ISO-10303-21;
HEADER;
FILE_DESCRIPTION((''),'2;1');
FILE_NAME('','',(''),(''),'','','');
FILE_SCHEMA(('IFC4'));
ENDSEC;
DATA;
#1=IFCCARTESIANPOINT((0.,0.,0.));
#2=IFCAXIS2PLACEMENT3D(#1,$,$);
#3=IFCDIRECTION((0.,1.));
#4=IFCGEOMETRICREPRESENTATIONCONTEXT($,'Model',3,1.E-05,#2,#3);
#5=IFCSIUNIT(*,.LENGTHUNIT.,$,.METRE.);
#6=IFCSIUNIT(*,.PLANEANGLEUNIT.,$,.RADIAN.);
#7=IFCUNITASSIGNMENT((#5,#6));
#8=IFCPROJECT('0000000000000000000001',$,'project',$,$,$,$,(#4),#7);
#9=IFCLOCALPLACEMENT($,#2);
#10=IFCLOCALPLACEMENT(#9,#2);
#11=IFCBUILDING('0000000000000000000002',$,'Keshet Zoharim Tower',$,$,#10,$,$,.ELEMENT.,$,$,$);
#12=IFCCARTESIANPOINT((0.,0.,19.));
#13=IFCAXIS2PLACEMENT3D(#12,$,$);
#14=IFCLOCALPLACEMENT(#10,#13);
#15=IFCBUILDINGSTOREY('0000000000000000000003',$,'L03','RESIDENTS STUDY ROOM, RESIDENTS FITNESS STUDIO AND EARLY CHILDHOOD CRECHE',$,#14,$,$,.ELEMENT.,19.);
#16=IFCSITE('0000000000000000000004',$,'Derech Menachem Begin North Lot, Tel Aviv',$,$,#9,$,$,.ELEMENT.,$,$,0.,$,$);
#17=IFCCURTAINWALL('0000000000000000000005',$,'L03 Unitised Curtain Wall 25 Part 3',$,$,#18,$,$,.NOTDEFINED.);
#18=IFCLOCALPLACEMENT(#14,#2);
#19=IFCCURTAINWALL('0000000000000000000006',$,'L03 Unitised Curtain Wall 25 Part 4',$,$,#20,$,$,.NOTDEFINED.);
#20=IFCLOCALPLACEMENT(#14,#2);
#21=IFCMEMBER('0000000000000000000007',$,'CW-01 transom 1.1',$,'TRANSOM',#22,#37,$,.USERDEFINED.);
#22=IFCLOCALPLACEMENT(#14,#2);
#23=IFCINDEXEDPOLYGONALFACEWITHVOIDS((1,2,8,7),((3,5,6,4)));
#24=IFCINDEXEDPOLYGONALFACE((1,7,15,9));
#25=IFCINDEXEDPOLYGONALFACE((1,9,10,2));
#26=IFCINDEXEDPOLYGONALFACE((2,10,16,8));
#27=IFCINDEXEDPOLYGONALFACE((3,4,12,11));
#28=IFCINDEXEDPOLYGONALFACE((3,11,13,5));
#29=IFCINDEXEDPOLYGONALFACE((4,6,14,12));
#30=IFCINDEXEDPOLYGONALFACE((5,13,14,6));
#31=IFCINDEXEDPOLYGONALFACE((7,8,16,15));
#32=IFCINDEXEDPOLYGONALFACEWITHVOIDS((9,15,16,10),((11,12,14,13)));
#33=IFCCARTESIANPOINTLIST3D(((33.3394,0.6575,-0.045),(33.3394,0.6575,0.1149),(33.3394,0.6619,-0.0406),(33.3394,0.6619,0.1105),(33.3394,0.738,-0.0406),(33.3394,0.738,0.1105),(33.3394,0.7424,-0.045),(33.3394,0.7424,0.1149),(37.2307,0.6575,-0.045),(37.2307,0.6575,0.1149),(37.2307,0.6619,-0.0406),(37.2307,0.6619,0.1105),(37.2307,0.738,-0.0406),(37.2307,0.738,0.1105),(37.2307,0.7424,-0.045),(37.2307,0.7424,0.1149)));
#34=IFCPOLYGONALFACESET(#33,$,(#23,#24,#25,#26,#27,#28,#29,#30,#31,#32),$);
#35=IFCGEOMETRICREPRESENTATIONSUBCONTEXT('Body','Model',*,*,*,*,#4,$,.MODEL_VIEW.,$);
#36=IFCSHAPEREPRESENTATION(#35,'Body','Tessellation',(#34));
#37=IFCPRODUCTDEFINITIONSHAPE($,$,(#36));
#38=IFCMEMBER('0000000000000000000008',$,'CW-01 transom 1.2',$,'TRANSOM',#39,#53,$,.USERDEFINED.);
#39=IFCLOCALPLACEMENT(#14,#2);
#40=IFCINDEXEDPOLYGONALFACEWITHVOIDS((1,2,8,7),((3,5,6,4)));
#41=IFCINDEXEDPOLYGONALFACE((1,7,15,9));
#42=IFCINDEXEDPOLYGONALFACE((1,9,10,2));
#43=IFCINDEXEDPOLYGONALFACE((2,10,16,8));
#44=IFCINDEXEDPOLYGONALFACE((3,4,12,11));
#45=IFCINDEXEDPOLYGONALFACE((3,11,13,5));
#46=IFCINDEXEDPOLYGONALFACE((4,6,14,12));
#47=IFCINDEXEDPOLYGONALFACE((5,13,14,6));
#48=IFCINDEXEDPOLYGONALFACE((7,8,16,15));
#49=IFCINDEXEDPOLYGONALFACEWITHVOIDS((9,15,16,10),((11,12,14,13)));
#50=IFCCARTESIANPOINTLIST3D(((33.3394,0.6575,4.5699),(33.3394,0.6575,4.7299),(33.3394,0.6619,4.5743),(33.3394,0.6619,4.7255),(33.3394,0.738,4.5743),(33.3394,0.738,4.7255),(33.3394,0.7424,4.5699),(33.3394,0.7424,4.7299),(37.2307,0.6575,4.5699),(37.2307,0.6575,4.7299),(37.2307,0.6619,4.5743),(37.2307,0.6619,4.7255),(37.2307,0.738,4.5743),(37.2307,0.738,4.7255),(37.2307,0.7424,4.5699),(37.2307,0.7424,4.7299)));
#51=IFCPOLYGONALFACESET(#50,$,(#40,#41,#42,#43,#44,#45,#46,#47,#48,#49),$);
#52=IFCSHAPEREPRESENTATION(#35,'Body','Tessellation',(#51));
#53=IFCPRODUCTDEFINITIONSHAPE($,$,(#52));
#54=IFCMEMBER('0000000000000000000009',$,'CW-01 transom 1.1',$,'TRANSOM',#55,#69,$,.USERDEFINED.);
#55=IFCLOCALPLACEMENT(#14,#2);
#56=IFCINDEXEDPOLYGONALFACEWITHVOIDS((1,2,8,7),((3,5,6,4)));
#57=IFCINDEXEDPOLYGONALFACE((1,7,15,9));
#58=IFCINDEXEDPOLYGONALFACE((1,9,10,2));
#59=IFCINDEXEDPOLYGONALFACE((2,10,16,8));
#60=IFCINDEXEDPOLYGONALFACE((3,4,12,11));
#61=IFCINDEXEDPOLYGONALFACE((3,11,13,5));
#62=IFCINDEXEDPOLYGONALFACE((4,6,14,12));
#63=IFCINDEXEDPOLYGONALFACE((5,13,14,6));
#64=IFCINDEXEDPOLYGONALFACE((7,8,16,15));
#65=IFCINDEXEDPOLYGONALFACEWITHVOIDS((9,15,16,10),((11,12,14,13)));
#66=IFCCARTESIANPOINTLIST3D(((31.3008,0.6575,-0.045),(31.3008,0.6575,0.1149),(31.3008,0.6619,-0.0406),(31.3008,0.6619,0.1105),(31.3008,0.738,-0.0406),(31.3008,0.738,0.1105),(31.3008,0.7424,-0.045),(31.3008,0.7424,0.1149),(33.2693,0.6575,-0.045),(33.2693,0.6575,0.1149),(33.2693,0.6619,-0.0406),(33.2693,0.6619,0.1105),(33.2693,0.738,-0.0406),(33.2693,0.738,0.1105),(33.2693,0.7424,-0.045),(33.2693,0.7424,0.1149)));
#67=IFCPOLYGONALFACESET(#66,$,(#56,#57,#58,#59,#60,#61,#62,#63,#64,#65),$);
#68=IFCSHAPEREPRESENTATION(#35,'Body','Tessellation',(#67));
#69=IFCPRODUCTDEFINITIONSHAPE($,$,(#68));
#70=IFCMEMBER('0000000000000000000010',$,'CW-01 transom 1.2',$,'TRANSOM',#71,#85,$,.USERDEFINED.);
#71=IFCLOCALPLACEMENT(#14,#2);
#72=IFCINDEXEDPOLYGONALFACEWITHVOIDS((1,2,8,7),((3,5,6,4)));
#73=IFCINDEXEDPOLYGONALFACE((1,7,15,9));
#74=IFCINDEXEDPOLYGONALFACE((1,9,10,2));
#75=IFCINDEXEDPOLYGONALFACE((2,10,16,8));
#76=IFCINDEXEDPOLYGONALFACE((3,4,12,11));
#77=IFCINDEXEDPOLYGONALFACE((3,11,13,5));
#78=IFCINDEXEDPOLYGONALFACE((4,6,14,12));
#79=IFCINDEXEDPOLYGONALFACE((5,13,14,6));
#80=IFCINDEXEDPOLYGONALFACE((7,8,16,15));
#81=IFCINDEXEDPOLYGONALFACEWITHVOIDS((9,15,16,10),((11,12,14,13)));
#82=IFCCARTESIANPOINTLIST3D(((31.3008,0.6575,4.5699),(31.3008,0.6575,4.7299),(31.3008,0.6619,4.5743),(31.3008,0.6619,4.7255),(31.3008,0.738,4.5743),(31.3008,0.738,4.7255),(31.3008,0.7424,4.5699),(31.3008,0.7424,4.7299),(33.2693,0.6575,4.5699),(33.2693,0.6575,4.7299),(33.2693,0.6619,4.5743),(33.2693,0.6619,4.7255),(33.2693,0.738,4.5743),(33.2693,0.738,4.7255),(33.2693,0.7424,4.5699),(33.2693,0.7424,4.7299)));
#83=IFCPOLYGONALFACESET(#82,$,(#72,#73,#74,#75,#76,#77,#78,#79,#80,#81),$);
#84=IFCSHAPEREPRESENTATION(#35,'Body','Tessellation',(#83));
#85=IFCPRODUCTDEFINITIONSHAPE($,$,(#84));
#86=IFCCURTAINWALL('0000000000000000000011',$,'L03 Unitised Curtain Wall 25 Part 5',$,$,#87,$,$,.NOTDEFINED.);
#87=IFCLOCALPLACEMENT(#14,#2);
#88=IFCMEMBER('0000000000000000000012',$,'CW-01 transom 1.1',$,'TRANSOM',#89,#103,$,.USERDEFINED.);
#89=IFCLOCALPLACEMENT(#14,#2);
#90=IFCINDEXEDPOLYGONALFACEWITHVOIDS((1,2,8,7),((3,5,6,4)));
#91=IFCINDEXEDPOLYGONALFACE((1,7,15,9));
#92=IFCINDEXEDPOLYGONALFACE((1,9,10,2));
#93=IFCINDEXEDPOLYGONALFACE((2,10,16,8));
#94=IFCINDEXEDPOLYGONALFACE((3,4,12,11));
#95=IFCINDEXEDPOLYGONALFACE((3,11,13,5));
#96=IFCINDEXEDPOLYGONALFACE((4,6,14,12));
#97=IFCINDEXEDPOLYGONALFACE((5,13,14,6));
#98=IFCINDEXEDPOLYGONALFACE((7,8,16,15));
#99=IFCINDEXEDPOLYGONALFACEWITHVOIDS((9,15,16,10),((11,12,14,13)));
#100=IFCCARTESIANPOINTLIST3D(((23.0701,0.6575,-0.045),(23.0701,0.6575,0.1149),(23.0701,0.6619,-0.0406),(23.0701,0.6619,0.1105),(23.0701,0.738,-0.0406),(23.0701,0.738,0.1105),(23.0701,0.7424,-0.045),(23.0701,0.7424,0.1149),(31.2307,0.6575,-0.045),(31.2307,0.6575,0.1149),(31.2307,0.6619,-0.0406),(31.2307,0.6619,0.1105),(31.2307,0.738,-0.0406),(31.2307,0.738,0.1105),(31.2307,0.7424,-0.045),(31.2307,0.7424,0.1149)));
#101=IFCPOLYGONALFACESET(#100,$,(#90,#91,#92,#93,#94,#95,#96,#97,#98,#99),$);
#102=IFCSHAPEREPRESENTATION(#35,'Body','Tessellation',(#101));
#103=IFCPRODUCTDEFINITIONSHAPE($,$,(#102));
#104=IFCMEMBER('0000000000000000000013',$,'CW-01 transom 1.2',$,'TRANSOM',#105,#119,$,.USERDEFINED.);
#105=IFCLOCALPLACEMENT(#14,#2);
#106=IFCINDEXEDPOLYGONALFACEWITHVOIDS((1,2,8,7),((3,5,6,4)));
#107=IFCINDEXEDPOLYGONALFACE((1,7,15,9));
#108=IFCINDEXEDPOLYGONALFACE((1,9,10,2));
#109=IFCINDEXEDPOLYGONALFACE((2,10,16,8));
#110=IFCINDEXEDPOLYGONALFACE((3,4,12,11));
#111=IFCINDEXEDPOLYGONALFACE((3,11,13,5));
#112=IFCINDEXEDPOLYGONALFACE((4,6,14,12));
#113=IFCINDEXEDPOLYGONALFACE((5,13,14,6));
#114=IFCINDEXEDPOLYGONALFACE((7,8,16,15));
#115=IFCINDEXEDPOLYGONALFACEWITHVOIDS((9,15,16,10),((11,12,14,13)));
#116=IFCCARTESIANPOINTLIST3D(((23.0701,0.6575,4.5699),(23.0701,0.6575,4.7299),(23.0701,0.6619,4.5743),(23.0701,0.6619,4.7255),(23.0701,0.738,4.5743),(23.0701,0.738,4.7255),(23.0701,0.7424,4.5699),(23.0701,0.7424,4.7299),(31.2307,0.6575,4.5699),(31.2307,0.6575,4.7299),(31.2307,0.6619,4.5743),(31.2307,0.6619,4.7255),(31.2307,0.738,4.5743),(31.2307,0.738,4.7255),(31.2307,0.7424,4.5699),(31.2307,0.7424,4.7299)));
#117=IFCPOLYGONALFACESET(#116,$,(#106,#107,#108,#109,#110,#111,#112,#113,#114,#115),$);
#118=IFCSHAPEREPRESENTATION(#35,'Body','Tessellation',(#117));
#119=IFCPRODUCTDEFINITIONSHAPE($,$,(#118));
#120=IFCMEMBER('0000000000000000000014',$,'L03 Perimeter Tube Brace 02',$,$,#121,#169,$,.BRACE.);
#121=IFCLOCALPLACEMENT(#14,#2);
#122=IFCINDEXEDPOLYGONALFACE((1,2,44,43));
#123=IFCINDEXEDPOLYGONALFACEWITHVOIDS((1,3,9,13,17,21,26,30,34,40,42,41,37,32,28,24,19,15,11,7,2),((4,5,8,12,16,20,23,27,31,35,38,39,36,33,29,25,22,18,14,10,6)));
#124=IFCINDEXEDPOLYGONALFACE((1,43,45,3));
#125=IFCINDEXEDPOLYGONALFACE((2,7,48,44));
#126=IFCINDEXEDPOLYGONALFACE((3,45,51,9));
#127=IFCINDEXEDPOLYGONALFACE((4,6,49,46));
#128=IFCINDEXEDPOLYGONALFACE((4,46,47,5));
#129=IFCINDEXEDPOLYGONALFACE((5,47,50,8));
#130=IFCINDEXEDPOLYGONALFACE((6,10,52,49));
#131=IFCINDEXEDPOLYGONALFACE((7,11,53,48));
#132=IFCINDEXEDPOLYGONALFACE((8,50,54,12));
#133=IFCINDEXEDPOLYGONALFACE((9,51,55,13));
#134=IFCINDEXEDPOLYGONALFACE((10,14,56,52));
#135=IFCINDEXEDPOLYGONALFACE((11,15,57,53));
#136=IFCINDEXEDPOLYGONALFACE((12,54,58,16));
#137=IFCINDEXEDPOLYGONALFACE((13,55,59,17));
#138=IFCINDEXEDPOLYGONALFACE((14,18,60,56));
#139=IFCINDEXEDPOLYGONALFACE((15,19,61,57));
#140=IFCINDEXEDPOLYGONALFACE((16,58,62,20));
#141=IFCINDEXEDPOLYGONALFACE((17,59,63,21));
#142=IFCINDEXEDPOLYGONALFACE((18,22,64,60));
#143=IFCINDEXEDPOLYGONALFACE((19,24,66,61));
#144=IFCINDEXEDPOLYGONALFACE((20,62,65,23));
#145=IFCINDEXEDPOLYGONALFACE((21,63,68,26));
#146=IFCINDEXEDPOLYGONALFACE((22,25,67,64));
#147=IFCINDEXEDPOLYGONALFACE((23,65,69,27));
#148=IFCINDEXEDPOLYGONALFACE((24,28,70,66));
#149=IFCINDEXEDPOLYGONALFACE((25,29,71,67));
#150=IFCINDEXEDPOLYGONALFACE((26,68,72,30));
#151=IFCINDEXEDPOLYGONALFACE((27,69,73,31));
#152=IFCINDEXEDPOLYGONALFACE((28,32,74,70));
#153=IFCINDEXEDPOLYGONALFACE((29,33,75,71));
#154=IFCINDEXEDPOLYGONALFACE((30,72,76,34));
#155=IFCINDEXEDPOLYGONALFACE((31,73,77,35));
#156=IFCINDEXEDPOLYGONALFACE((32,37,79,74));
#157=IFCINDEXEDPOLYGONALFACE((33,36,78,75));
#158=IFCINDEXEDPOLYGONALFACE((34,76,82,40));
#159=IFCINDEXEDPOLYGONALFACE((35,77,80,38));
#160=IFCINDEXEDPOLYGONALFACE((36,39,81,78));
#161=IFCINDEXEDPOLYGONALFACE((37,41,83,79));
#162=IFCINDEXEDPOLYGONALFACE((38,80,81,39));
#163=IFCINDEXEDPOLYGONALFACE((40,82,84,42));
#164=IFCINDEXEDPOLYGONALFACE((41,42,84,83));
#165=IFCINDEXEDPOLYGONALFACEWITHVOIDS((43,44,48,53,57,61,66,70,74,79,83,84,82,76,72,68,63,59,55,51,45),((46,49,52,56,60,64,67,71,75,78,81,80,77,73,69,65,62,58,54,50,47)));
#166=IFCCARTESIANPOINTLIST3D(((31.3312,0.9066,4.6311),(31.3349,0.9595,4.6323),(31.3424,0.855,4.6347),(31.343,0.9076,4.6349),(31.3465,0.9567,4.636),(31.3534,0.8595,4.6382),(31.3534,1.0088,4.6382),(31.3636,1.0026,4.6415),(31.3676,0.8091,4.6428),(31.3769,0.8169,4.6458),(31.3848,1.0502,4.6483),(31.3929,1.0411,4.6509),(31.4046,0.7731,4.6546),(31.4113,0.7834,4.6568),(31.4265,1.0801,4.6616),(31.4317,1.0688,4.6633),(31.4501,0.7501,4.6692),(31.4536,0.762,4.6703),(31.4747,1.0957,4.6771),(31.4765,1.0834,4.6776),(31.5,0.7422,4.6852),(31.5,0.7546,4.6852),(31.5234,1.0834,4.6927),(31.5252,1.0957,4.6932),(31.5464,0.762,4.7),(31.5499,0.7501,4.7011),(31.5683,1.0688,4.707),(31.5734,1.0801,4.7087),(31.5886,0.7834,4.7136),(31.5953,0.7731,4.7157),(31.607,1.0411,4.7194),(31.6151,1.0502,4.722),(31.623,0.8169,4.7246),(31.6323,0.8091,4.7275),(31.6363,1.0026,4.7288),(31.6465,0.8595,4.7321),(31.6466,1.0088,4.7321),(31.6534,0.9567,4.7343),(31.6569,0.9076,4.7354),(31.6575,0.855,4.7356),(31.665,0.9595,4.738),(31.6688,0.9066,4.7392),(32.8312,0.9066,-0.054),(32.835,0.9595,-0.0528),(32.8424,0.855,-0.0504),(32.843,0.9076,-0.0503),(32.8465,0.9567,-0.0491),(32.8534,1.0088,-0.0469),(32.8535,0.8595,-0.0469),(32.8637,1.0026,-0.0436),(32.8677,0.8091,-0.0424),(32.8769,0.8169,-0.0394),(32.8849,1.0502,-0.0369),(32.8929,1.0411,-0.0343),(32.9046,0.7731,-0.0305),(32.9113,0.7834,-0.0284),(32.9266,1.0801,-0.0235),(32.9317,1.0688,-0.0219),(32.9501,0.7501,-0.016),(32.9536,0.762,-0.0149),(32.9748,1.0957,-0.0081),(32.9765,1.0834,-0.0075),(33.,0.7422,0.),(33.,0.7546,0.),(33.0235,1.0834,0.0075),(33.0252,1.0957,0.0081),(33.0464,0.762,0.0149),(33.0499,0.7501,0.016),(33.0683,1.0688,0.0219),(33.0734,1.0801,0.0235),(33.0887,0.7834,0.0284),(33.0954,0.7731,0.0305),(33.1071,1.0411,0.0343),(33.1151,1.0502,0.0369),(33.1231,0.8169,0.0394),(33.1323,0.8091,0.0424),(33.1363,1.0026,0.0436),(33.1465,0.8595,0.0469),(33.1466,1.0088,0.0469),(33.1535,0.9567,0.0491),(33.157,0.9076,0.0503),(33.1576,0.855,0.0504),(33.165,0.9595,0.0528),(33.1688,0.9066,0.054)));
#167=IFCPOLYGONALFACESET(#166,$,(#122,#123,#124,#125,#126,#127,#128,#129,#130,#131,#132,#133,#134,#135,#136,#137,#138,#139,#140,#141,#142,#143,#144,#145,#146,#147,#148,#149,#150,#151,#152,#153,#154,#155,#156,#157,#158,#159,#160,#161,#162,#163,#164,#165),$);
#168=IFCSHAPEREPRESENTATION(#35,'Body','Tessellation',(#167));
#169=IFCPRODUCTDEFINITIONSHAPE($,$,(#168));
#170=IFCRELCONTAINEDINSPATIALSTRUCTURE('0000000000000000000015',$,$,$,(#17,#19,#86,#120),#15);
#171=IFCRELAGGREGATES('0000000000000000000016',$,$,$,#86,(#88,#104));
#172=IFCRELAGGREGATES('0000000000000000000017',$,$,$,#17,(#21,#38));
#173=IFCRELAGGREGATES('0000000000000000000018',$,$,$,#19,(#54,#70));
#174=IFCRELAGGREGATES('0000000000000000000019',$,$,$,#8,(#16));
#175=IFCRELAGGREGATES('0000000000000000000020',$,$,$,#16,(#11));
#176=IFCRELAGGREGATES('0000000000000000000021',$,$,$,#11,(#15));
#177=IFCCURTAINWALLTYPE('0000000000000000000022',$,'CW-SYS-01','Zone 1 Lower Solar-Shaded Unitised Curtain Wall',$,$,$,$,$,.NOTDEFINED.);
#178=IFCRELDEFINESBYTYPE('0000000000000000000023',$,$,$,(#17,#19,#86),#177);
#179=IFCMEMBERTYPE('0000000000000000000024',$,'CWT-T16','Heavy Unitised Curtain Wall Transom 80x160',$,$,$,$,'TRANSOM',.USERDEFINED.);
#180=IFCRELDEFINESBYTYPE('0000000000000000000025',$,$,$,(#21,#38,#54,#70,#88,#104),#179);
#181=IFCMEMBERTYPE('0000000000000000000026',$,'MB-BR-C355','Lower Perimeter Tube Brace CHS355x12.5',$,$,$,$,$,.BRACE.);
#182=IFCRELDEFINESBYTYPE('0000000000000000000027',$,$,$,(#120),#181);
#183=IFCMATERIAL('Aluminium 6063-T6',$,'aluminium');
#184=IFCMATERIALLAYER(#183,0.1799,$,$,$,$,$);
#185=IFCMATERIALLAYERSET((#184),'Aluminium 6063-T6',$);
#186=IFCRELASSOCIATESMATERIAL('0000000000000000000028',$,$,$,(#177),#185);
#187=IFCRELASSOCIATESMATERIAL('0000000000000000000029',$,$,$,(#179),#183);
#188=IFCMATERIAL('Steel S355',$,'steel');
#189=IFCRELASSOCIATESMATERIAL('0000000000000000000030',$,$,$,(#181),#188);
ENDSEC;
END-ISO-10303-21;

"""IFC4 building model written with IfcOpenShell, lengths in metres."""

from ifc_helpers import new_model, si_unit, direction, frame, origin, origin_2d, place, context, subcontext, project, spatial, hollow_rectangle, hollow_circle, extrude, material, layer, layer_set, material_profile, profile_set, type_object, element, aggregate, save


model = new_model("IFC4")

# Units and contexts
model_context = context("Model", 3, precision=1e-05, world=origin(), true_north=direction((0.0, 1.0)))
body_context = subcontext(model_context, "Body", "Model", "MODEL_VIEW")
ifc_project = project(units=[si_unit("LENGTHUNIT", "METRE"), si_unit("PLANEANGLEUNIT", "RADIAN")], contexts=[model_context])

# Site, building, storey
site_placement = place(None, origin())
site = spatial("IfcSite", under=ifc_project, at=site_placement, Name="Derech Menachem Begin North Lot, Tel Aviv", CompositionType="ELEMENT", RefElevation=0.0)
building_placement = place(site_placement, origin())
building = spatial("IfcBuilding", under=site, at=building_placement, Name="Keshet Zoharim Tower", CompositionType="ELEMENT")
storey_placement = place(building_placement, frame((0.0, 0.0, 19.0)))
storey = spatial("IfcBuildingStorey", under=building, at=storey_placement, Name="L03", Description="RESIDENTS STUDY ROOM, RESIDENTS FITNESS STUDIO AND EARLY CHILDHOOD CRECHE", CompositionType="ELEMENT", Elevation=19.0)

# Shared definitions
ifc_material_1 = material(Name="Steel S355", Category="steel")

# Curtain walls
ifc_material_2 = material(Name="Aluminium 6063-T6", Category="aluminium")
ifc_layer_1 = layer(ifc_material_2, 0.1799)
ifc_layer_set_1 = layer_set([ifc_layer_1], Name="Aluminium 6063-T6")
curtain_wall_type = type_object("IfcCurtainWallType", Name="CW-SYS-01", Description="Zone 1 Lower Solar-Shaded Unitised Curtain Wall", PredefinedType="NOTDEFINED", material=ifc_layer_set_1)
curtain_wall_1_placement = place(storey_placement, origin())
curtain_wall_1 = element("IfcCurtainWall", 1, at=curtain_wall_1_placement, inside=storey, type_object=curtain_wall_type, Name="L03 Unitised Curtain Wall 25 Part 3", PredefinedType="NOTDEFINED")
curtain_wall_2_placement = place(storey_placement, origin())
curtain_wall_2 = element("IfcCurtainWall", 2, at=curtain_wall_2_placement, inside=storey, type_object=curtain_wall_type, Name="L03 Unitised Curtain Wall 25 Part 4", PredefinedType="NOTDEFINED")

# Members
ifc_material_profile_1 = material_profile(ifc_material_2, hollow_rectangle(XDim=0.085, YDim=0.1599, WallThickness=0.0044, at=origin_2d()), Name="TRN-85x160")
ifc_profile_set_1 = profile_set([ifc_material_profile_1], Name="Aluminium 6063-T6")
member_type_1 = type_object("IfcMemberType", Name="CWT-T16", Description="Heavy Unitised Curtain Wall Transom 80x160", ElementType="TRANSOM", PredefinedType="USERDEFINED", material=ifc_profile_set_1)
member_1_placement = place(storey_placement, frame((37.2307, 0.7, 0.0349), z_axis=(-1.0, 0.0, 0.0), x_axis=(0.0, -1.0, 0.0)))
member_1 = element("IfcMember", 3, at=member_1_placement, type_object=member_type_1, Name="CW-01 transom 1.1", ObjectType="TRANSOM", PredefinedType="USERDEFINED", context=body_context, shape_type="SweptSolid", body=[
    extrude(hollow_rectangle(XDim=0.085, YDim=0.1599, WallThickness=0.0044, at=origin_2d()), origin(), (0.0, 0.0, 1.0), 3.8914),
])
member_2_placement = place(storey_placement, frame((37.2307, 0.7, 4.6499), z_axis=(-1.0, 0.0, 0.0), x_axis=(0.0, -1.0, 0.0)))
member_2 = element("IfcMember", 4, at=member_2_placement, type_object=member_type_1, Name="CW-01 transom 1.2", ObjectType="TRANSOM", PredefinedType="USERDEFINED", context=body_context, shape_type="SweptSolid", body=[
    extrude(hollow_rectangle(XDim=0.085, YDim=0.1599, WallThickness=0.0044, at=origin_2d()), origin(), (0.0, 0.0, 1.0), 3.8914),
])
member_3_placement = place(storey_placement, frame((33.2693, 0.7, 0.0349), z_axis=(-1.0, 0.0, 0.0), x_axis=(0.0, -1.0, 0.0)))
member_3 = element("IfcMember", 5, at=member_3_placement, type_object=member_type_1, Name="CW-01 transom 1.1", ObjectType="TRANSOM", PredefinedType="USERDEFINED", context=body_context, shape_type="SweptSolid", body=[
    extrude(hollow_rectangle(XDim=0.085, YDim=0.1599, WallThickness=0.0044, at=origin_2d()), origin(), (0.0, 0.0, 1.0), 1.9685),
])
member_4_placement = place(storey_placement, frame((33.2693, 0.7, 4.6499), z_axis=(-1.0, 0.0, 0.0), x_axis=(0.0, -1.0, 0.0)))
member_4 = element("IfcMember", 6, at=member_4_placement, type_object=member_type_1, Name="CW-01 transom 1.2", ObjectType="TRANSOM", PredefinedType="USERDEFINED", context=body_context, shape_type="SweptSolid", body=[
    extrude(hollow_rectangle(XDim=0.085, YDim=0.1599, WallThickness=0.0044, at=origin_2d()), origin(), (0.0, 0.0, 1.0), 1.9685),
])

# Curtain wall, members
curtain_wall_3_placement = place(storey_placement, origin())
curtain_wall_3 = element("IfcCurtainWall", 7, at=curtain_wall_3_placement, inside=storey, type_object=curtain_wall_type, Name="L03 Unitised Curtain Wall 25 Part 5", PredefinedType="NOTDEFINED")
member_5_placement = place(storey_placement, frame((31.2307, 0.7, 0.0349), z_axis=(-1.0, 0.0, 0.0), x_axis=(0.0, -1.0, 0.0)))
member_5 = element("IfcMember", 8, at=member_5_placement, type_object=member_type_1, Name="CW-01 transom 1.1", ObjectType="TRANSOM", PredefinedType="USERDEFINED", context=body_context, shape_type="SweptSolid", body=[
    extrude(hollow_rectangle(XDim=0.085, YDim=0.1599, WallThickness=0.0044, at=origin_2d()), origin(), (0.0, 0.0, 1.0), 8.1606),
])
member_6_placement = place(storey_placement, frame((31.2307, 0.7, 4.6499), z_axis=(-1.0, 0.0, 0.0), x_axis=(0.0, -1.0, 0.0)))
member_6 = element("IfcMember", 9, at=member_6_placement, type_object=member_type_1, Name="CW-01 transom 1.2", ObjectType="TRANSOM", PredefinedType="USERDEFINED", context=body_context, shape_type="SweptSolid", body=[
    extrude(hollow_rectangle(XDim=0.085, YDim=0.1599, WallThickness=0.0044, at=origin_2d()), origin(), (0.0, 0.0, 1.0), 8.1606),
])
aggregate(curtain_wall_3, [member_5, member_6])

# Member
ifc_material_profile_2 = material_profile(ifc_material_1, hollow_circle(Radius=0.1777, WallThickness=0.0125, at=origin_2d()), Name="CHS355x12.5")
ifc_profile_set_2 = profile_set([ifc_material_profile_2], Name="Steel S355")
member_type_2 = type_object("IfcMemberType", Name="MB-BR-C355", Description="Lower Perimeter Tube Brace CHS355x12.5", PredefinedType="BRACE", material=ifc_profile_set_2)
for number, where, z_axis, x_axis, name in (
    (10, (33.0, 0.9199, 0.0), (-0.30492, 0.0, 0.952378), (0.0, -1.0, 0.0), "L03 Perimeter Tube Brace 02"),
):
    element("IfcMember", number, at=place(storey_placement, frame(where, z_axis=z_axis, x_axis=x_axis)), inside=storey, type_object=member_type_2, Name=name, PredefinedType="BRACE", context=body_context, shape_type="SweptSolid", body=[
        extrude(hollow_circle(Radius=0.1777, WallThickness=0.0125, at=origin_2d()), origin(), (0.0, 0.0, 1.0), 4.9194),
    ])

aggregate(curtain_wall_1, [member_1, member_2])
aggregate(curtain_wall_2, [member_3, member_4])

save(model, "model.ifc")
